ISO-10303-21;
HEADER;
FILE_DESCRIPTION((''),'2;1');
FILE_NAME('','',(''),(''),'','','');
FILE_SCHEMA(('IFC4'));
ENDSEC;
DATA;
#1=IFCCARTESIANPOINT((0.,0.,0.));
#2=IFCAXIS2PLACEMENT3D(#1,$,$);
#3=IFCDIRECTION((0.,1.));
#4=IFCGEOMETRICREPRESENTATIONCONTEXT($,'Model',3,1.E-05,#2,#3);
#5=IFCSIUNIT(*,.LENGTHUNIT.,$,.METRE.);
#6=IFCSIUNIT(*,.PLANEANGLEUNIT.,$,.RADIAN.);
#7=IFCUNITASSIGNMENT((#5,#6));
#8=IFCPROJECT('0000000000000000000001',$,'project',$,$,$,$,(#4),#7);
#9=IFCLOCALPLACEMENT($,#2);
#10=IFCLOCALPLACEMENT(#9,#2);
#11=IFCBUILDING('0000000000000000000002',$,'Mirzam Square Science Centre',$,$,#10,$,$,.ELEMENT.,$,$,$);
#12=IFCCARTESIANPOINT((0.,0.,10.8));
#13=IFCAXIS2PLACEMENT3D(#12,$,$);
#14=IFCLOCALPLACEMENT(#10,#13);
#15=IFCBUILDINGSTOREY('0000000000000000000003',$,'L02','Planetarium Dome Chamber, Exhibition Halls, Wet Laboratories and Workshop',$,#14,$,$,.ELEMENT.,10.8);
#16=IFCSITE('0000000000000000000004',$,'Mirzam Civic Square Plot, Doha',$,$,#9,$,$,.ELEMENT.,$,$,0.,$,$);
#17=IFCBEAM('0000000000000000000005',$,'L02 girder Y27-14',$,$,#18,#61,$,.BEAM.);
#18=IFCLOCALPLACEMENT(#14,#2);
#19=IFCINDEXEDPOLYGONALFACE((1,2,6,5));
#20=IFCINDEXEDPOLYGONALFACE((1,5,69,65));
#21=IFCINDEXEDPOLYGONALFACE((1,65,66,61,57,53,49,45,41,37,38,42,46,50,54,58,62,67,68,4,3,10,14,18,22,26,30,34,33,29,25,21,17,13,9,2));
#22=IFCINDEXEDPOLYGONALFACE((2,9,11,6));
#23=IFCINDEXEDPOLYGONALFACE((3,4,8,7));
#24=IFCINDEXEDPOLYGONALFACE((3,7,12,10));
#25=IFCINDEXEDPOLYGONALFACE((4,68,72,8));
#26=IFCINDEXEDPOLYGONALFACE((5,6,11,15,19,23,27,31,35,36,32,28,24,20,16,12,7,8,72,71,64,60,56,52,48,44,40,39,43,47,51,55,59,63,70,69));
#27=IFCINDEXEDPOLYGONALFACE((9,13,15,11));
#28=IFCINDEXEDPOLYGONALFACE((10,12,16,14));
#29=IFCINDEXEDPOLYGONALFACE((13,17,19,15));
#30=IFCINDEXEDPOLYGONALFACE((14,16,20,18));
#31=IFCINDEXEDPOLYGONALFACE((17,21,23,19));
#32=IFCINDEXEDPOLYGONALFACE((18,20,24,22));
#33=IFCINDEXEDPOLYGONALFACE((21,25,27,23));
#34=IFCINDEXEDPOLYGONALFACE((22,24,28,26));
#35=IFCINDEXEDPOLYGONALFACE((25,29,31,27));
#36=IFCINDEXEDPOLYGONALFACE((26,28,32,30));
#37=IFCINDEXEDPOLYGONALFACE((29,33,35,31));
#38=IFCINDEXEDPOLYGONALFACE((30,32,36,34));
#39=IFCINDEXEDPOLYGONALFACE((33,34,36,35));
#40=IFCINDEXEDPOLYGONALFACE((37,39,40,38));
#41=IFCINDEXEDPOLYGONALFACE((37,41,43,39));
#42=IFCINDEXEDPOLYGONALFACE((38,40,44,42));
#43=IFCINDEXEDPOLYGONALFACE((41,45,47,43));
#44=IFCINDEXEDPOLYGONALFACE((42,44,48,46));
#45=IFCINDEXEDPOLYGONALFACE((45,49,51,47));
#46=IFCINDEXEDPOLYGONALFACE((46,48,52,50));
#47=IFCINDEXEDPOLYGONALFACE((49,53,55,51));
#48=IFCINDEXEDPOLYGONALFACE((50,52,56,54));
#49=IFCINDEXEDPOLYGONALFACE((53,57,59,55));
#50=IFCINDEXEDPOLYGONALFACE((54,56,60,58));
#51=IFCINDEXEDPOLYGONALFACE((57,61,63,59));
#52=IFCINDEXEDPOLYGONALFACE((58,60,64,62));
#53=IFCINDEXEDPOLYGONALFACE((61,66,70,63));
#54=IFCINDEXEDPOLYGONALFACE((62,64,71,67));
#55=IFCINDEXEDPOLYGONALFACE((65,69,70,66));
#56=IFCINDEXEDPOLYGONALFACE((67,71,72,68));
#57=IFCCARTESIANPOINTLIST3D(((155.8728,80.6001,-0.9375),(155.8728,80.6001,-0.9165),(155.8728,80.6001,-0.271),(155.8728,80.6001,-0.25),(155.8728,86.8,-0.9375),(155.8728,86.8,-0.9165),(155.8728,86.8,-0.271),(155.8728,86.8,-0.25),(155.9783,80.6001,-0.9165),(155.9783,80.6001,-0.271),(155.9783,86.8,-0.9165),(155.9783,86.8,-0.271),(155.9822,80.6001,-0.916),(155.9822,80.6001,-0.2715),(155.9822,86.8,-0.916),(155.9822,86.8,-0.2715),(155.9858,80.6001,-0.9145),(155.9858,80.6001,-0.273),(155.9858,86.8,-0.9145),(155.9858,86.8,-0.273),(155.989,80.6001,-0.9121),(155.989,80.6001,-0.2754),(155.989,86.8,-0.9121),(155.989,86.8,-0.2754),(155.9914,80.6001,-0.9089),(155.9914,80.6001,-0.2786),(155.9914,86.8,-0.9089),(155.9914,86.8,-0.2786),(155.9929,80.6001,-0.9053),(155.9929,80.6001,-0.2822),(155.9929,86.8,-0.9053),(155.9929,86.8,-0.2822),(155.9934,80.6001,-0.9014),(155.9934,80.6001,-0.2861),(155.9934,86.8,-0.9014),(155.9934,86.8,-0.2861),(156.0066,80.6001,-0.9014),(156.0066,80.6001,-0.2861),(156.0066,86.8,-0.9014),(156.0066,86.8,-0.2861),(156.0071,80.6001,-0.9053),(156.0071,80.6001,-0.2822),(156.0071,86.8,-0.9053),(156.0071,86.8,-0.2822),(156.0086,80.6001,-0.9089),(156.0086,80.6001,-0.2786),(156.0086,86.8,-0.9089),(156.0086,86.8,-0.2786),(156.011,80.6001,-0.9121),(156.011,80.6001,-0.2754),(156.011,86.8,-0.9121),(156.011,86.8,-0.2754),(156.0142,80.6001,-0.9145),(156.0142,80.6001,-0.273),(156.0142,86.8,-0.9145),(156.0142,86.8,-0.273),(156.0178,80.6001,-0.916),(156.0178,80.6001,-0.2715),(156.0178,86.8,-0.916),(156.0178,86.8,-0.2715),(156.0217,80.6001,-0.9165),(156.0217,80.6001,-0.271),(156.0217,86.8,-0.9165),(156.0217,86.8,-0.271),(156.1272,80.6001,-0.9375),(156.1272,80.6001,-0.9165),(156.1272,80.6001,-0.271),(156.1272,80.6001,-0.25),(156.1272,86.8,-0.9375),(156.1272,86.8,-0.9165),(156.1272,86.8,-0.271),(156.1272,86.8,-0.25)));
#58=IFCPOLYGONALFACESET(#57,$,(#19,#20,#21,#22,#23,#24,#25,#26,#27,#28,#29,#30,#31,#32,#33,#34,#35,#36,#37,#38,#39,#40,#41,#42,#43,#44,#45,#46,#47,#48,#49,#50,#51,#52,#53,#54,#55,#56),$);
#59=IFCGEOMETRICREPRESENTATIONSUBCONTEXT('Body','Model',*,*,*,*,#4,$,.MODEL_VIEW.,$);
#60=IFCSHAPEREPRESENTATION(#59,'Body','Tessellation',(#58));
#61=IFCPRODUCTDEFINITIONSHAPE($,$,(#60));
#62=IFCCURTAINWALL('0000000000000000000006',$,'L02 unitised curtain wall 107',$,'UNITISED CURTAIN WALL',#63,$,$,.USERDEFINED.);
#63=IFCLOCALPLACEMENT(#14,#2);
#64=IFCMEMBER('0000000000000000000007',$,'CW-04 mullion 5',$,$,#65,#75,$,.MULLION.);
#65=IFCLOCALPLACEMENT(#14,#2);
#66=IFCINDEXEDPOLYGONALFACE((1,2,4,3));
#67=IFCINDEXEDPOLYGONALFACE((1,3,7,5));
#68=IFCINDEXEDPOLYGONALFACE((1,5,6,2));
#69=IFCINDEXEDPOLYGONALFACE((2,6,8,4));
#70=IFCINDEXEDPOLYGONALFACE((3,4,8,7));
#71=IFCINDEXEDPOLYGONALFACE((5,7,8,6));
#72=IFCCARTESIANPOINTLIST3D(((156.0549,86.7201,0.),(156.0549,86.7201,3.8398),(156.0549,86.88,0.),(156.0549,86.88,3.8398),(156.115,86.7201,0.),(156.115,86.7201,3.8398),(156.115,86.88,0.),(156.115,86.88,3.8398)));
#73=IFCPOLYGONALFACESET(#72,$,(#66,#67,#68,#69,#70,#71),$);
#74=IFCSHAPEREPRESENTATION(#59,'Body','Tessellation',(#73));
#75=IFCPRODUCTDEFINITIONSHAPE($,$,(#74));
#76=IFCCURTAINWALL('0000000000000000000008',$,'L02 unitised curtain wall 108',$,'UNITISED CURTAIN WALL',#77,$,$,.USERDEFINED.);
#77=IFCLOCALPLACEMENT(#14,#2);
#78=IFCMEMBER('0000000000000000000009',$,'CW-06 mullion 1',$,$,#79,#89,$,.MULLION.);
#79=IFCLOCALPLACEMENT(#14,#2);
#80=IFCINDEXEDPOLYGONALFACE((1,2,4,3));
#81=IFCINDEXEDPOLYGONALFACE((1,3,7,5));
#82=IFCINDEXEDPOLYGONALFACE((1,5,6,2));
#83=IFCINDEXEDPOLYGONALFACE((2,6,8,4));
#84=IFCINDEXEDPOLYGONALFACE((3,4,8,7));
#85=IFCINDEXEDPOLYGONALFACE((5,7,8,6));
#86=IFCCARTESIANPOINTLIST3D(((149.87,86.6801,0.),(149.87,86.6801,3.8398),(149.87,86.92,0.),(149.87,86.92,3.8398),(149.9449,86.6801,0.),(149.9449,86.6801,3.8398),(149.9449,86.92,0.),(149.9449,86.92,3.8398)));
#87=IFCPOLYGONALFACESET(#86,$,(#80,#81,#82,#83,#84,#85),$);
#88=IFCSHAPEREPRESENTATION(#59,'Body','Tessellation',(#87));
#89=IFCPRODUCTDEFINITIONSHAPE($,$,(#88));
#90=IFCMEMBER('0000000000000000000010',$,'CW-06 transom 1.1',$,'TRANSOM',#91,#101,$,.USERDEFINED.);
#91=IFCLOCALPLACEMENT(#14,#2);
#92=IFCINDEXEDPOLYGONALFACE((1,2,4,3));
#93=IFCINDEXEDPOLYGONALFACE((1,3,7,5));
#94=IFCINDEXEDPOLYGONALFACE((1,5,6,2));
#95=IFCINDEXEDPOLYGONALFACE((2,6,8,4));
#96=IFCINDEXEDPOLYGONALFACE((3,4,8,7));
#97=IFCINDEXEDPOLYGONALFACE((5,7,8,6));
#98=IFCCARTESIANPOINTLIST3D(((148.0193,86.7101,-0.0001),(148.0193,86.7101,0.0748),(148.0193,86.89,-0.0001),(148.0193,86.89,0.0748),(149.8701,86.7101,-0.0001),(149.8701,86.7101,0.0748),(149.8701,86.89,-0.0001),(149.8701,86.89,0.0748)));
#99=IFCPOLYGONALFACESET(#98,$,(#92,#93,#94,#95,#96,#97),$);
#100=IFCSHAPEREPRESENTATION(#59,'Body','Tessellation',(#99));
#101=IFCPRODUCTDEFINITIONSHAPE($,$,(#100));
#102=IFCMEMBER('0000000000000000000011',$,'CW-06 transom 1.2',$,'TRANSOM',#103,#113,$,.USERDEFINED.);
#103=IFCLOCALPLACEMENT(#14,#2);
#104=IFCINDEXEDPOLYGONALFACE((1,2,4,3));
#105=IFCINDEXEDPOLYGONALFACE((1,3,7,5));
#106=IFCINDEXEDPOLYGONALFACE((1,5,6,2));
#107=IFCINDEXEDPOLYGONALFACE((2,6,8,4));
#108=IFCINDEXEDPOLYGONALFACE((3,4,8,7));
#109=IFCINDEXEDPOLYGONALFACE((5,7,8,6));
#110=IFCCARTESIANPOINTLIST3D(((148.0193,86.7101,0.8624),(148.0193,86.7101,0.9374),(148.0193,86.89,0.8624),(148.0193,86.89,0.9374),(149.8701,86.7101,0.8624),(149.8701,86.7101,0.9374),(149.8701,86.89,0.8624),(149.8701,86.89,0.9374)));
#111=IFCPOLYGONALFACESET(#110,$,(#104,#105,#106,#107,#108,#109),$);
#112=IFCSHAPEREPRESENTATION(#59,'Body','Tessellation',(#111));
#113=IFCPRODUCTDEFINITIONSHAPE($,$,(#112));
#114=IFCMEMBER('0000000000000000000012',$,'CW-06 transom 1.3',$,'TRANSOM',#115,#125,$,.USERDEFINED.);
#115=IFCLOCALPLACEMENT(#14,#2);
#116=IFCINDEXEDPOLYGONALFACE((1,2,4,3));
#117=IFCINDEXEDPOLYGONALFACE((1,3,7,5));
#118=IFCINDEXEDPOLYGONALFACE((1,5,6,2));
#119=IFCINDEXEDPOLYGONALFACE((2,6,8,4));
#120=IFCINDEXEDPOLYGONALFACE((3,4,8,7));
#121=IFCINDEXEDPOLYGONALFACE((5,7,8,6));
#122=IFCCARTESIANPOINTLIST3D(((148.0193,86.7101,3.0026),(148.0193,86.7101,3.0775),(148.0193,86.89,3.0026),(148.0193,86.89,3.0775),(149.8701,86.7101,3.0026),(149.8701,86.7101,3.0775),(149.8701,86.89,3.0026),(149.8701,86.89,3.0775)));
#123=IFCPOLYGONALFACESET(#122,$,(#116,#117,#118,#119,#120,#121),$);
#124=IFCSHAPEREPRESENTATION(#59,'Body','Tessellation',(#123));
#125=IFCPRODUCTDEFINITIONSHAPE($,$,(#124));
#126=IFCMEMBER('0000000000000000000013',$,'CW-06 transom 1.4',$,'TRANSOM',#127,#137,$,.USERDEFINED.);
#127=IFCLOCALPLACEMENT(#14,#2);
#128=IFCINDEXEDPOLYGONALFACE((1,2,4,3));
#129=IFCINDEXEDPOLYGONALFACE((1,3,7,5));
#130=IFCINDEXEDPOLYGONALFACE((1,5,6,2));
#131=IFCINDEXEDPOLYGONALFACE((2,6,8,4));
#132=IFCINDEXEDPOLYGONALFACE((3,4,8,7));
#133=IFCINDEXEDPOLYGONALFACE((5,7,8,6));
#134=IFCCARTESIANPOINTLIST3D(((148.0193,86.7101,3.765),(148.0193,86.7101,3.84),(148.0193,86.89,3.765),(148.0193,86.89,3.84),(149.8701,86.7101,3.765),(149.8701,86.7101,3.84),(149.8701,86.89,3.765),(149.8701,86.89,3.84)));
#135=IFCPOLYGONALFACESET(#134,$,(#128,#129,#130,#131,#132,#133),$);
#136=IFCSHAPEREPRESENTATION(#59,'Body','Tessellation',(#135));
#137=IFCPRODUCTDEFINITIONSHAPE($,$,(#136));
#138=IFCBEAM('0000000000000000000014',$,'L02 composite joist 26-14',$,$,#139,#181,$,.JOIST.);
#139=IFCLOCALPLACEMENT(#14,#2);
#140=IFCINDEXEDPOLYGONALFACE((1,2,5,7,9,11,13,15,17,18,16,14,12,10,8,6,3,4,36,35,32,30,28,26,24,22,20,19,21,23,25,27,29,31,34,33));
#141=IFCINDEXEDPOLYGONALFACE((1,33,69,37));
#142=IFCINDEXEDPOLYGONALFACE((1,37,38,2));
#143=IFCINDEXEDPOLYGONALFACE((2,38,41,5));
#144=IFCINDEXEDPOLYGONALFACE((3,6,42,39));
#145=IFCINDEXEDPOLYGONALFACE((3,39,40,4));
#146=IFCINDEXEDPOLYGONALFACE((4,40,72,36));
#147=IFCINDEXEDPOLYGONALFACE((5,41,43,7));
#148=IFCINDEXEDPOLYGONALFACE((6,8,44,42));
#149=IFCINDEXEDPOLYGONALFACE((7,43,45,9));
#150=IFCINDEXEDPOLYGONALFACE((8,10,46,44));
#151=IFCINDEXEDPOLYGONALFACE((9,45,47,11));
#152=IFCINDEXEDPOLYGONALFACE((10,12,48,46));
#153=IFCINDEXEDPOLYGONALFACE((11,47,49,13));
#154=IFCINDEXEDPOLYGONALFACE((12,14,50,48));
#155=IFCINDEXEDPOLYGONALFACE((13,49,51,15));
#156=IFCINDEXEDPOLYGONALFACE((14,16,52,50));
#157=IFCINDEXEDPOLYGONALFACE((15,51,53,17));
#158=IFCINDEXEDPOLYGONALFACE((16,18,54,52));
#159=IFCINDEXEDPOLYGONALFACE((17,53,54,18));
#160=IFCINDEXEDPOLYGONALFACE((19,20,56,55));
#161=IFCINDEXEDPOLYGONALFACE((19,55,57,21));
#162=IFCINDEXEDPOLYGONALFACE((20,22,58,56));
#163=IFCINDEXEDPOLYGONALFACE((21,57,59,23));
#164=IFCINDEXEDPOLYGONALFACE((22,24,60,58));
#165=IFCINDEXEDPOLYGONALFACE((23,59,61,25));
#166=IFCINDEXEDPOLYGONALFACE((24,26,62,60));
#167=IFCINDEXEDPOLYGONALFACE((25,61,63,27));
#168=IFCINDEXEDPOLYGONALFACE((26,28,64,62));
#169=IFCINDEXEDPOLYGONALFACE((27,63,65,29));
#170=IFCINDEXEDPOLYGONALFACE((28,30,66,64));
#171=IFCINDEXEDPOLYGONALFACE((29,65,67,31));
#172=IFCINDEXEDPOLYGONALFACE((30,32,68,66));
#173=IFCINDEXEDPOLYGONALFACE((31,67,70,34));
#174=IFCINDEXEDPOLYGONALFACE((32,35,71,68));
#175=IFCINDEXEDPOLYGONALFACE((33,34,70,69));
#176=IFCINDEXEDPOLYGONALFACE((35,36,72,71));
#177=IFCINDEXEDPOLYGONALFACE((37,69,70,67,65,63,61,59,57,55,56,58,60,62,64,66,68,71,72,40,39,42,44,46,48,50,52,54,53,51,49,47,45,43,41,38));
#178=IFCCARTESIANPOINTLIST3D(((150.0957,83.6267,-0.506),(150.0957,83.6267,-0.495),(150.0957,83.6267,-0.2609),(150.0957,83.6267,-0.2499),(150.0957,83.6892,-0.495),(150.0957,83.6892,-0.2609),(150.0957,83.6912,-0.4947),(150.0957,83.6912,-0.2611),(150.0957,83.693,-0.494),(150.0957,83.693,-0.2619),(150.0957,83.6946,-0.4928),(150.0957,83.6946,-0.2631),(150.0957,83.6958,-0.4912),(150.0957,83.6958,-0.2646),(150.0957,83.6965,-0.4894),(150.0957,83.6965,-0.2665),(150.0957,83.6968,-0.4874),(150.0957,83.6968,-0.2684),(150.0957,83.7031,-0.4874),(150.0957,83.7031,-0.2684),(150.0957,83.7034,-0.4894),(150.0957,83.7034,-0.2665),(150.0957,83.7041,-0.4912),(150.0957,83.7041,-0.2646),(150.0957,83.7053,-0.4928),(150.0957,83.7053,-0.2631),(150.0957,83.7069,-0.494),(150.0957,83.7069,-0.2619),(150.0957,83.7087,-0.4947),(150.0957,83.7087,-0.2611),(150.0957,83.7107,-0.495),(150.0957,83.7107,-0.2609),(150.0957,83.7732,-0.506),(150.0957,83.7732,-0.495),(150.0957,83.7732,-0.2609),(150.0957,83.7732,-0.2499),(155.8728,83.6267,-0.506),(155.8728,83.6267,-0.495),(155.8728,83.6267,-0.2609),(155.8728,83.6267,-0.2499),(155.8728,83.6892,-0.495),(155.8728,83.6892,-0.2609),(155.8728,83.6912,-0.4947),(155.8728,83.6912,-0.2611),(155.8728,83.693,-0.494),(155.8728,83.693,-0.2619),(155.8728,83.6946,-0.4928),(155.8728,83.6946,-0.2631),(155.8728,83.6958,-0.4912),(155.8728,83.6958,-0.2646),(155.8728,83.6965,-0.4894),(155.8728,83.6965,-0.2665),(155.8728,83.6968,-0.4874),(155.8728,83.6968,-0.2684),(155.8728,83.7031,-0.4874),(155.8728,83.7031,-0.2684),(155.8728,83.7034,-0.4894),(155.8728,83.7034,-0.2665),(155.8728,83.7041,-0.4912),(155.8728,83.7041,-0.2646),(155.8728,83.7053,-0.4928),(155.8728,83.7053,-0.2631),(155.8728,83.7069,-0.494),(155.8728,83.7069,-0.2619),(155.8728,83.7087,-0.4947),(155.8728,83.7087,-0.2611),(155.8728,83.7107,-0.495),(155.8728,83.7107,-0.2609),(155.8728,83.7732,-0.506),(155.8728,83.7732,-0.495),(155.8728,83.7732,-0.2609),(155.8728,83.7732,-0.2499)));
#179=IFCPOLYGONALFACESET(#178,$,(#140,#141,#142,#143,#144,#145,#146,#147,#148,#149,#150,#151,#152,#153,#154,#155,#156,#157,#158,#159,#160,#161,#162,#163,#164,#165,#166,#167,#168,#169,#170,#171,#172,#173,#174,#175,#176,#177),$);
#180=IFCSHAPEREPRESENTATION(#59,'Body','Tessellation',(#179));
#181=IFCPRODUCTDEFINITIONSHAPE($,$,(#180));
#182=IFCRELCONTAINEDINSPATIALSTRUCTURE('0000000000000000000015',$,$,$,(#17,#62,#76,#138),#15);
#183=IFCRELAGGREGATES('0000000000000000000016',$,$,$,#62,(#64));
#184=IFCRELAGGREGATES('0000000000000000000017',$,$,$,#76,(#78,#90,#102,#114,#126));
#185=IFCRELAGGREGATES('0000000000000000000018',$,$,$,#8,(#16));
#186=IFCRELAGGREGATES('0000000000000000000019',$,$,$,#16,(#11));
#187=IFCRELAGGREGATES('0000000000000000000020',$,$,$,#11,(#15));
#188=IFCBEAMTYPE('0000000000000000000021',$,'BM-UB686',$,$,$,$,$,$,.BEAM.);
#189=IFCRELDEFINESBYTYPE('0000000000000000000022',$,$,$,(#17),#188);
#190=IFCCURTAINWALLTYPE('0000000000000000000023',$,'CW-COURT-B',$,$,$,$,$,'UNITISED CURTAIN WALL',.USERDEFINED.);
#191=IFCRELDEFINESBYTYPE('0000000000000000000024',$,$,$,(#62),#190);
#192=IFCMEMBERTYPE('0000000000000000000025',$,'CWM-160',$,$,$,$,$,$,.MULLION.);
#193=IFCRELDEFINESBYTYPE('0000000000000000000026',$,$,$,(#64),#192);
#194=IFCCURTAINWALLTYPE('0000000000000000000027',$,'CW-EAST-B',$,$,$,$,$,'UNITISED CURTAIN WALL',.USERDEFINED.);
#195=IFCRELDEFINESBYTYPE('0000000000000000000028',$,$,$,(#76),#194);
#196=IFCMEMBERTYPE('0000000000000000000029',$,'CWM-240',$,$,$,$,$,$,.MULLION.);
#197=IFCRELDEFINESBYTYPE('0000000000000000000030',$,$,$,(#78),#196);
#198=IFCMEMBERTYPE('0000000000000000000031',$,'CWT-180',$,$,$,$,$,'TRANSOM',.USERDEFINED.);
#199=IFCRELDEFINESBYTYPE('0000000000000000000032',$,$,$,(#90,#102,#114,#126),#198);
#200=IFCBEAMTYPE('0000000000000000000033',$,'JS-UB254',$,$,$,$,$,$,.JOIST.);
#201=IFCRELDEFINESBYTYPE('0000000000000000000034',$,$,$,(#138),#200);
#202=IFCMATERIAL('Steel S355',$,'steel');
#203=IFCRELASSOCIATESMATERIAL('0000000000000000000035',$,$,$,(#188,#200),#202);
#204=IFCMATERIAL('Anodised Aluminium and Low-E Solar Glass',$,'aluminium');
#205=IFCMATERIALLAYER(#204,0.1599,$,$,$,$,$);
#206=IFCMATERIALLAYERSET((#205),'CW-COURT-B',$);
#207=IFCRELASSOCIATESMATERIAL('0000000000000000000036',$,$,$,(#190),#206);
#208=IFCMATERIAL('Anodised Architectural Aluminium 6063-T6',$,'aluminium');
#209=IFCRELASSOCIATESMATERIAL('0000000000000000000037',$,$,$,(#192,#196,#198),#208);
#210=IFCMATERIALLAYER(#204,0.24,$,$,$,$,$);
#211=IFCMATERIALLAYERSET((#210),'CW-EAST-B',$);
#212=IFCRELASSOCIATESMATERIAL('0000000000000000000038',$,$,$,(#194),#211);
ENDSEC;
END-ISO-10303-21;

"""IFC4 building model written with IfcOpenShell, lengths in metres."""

from ifc_helpers import new_model, si_unit, direction, frame, origin, origin_2d, place, context, subcontext, project, spatial, rectangle, i_section, extrude, material, layer, layer_set, material_profile, profile_set, type_object, element, aggregate, save


model = new_model("IFC4")

# Units and contexts
model_context = context("Model", 3, precision=1e-05, world=origin(), true_north=direction((0.0, 1.0)))
body_context = subcontext(model_context, "Body", "Model", "MODEL_VIEW")
ifc_project = project(units=[si_unit("LENGTHUNIT", "METRE"), si_unit("PLANEANGLEUNIT", "RADIAN")], contexts=[model_context])

# Site, building, storey
site_placement = place(None, origin())
site = spatial("IfcSite", under=ifc_project, at=site_placement, Name="Mirzam Civic Square Plot, Doha", CompositionType="ELEMENT", RefElevation=0.0)
building_placement = place(site_placement, origin())
building = spatial("IfcBuilding", under=site, at=building_placement, Name="Mirzam Square Science Centre", CompositionType="ELEMENT")
storey_placement = place(building_placement, frame((0.0, 0.0, 10.8)))
storey = spatial("IfcBuildingStorey", under=building, at=storey_placement, Name="L02", Description="Planetarium Dome Chamber, Exhibition Halls, Wet Laboratories and Workshop", CompositionType="ELEMENT", Elevation=10.8)

# Shared definitions
ifc_material_1 = material(Name="Steel S355", Category="steel")

# Beam
ifc_material_profile_1 = material_profile(ifc_material_1, i_section(OverallWidth=0.2544, OverallDepth=0.6875, WebThickness=0.0132, FlangeThickness=0.021, FilletRadius=0.0151, at=origin_2d()), Name="686x254x152UB")
ifc_profile_set_1 = profile_set([ifc_material_profile_1], Name="Steel S355")
beam_type_1 = type_object("IfcBeamType", Name="BM-UB686", PredefinedType="BEAM", material=ifc_profile_set_1)
for number, where, z_axis, x_axis, name in (
    (1, (156.0, 80.6001, -0.5938), (0.0, 1.0, 0.0), (-1.0, 0.0, 0.0), "L02 girder Y27-14"),
):
    element("IfcBeam", number, at=place(storey_placement, frame(where, z_axis=z_axis, x_axis=x_axis)), inside=storey, type_object=beam_type_1, Name=name, PredefinedType="BEAM", context=body_context, shape_type="SweptSolid", body=[
        extrude(i_section(OverallWidth=0.2544, OverallDepth=0.6875, WebThickness=0.0132, FlangeThickness=0.021, FilletRadius=0.0151, at=origin_2d()), origin(), (0.0, 0.0, 1.0), 6.2),
    ])

# Curtain wall, member
ifc_material_2 = material(Name="Anodised Aluminium and Low-E Solar Glass", Category="aluminium")
ifc_layer_1 = layer(ifc_material_2, 0.1599)
ifc_layer_set_1 = layer_set([ifc_layer_1], Name="CW-COURT-B")
curtain_wall_type_1 = type_object("IfcCurtainWallType", Name="CW-COURT-B", ElementType="UNITISED CURTAIN WALL", PredefinedType="USERDEFINED", material=ifc_layer_set_1)
curtain_wall_1_placement = place(storey_placement, origin())
curtain_wall_1 = element("IfcCurtainWall", 2, at=curtain_wall_1_placement, inside=storey, type_object=curtain_wall_type_1, Name="L02 unitised curtain wall 107", ObjectType="UNITISED CURTAIN WALL", PredefinedType="USERDEFINED")
ifc_material_3 = material(Name="Anodised Architectural Aluminium 6063-T6", Category="aluminium")
ifc_material_profile_2 = material_profile(ifc_material_3, rectangle(XDim=0.0601, YDim=0.1599, at=origin_2d()), Name="ALU-MULL-160x60x4")
ifc_profile_set_2 = profile_set([ifc_material_profile_2], Name="Anodised Architectural Aluminium 6063-T6")
member_type_1 = type_object("IfcMemberType", Name="CWM-160", PredefinedType="MULLION", material=ifc_profile_set_2)
member_1_placement = place(storey_placement, frame((156.085, 86.8, 0.0), z_axis=(0.0, 0.0, 1.0), x_axis=(-1.0, 0.0, 0.0)))
member_1 = element("IfcMember", 3, at=member_1_placement, type_object=member_type_1, Name="CW-04 mullion 5", PredefinedType="MULLION", context=body_context, shape_type="SweptSolid", body=[
    extrude(rectangle(XDim=0.0601, YDim=0.1599, at=origin_2d()), origin(), (0.0, 0.0, 1.0), 3.8398),
])

# Curtain wall, members
ifc_layer_2 = layer(ifc_material_2, 0.24)
ifc_layer_set_2 = layer_set([ifc_layer_2], Name="CW-EAST-B")
curtain_wall_type_2 = type_object("IfcCurtainWallType", Name="CW-EAST-B", ElementType="UNITISED CURTAIN WALL", PredefinedType="USERDEFINED", material=ifc_layer_set_2)
curtain_wall_2_placement = place(storey_placement, origin())
curtain_wall_2 = element("IfcCurtainWall", 4, at=curtain_wall_2_placement, inside=storey, type_object=curtain_wall_type_2, Name="L02 unitised curtain wall 108", ObjectType="UNITISED CURTAIN WALL", PredefinedType="USERDEFINED")
ifc_material_profile_3 = material_profile(ifc_material_3, rectangle(XDim=0.075, YDim=0.24, at=origin_2d()), Name="ALU-MULL-240x75x5")
ifc_profile_set_3 = profile_set([ifc_material_profile_3], Name="Anodised Architectural Aluminium 6063-T6")
member_type_2 = type_object("IfcMemberType", Name="CWM-240", PredefinedType="MULLION", material=ifc_profile_set_3)
member_2_placement = place(storey_placement, frame((149.9075, 86.8, 0.0), z_axis=(0.0, 0.0, 1.0), x_axis=(-1.0, 0.0, 0.0)))
member_2 = element("IfcMember", 5, at=member_2_placement, type_object=member_type_2, Name="CW-06 mullion 1", PredefinedType="MULLION", context=body_context, shape_type="SweptSolid", body=[
    extrude(rectangle(XDim=0.075, YDim=0.24, at=origin_2d()), origin(), (0.0, 0.0, 1.0), 3.8398),
])
ifc_material_profile_4 = material_profile(ifc_material_3, rectangle(XDim=0.1799, YDim=0.075, at=origin_2d()), Name="ALU-TRAN-180x75x5")
ifc_profile_set_4 = profile_set([ifc_material_profile_4], Name="Anodised Architectural Aluminium 6063-T6")
member_type_3 = type_object("IfcMemberType", Name="CWT-180", ElementType="TRANSOM", PredefinedType="USERDEFINED", material=ifc_profile_set_4)
member_3_placement = place(storey_placement, frame((149.8701, 86.8, 0.0374), z_axis=(-1.0, 0.0, 0.0), x_axis=(0.0, -1.0, 0.0)))
member_3 = element("IfcMember", 6, at=member_3_placement, type_object=member_type_3, Name="CW-06 transom 1.1", ObjectType="TRANSOM", PredefinedType="USERDEFINED", context=body_context, shape_type="SweptSolid", body=[
    extrude(rectangle(XDim=0.1799, YDim=0.075, at=origin_2d()), origin(), (0.0, 0.0, 1.0), 1.8508),
])
member_4_placement = place(storey_placement, frame((149.8701, 86.8, 0.8999), z_axis=(-1.0, 0.0, 0.0), x_axis=(0.0, -1.0, 0.0)))
member_4 = element("IfcMember", 7, at=member_4_placement, type_object=member_type_3, Name="CW-06 transom 1.2", ObjectType="TRANSOM", PredefinedType="USERDEFINED", context=body_context, shape_type="SweptSolid", body=[
    extrude(rectangle(XDim=0.1799, YDim=0.075, at=origin_2d()), origin(), (0.0, 0.0, 1.0), 1.8508),
])
member_5_placement = place(storey_placement, frame((149.8701, 86.8, 3.04), z_axis=(-1.0, 0.0, 0.0), x_axis=(0.0, -1.0, 0.0)))
member_5 = element("IfcMember", 8, at=member_5_placement, type_object=member_type_3, Name="CW-06 transom 1.3", ObjectType="TRANSOM", PredefinedType="USERDEFINED", context=body_context, shape_type="SweptSolid", body=[
    extrude(rectangle(XDim=0.1799, YDim=0.075, at=origin_2d()), origin(), (0.0, 0.0, 1.0), 1.8508),
])
member_6_placement = place(storey_placement, frame((149.8701, 86.8, 3.8025), z_axis=(-1.0, 0.0, 0.0), x_axis=(0.0, -1.0, 0.0)))
member_6 = element("IfcMember", 9, at=member_6_placement, type_object=member_type_3, Name="CW-06 transom 1.4", ObjectType="TRANSOM", PredefinedType="USERDEFINED", context=body_context, shape_type="SweptSolid", body=[
    extrude(rectangle(XDim=0.1799, YDim=0.075, at=origin_2d()), origin(), (0.0, 0.0, 1.0), 1.8508),
])

# Beam
ifc_material_profile_5 = material_profile(ifc_material_1, i_section(OverallWidth=0.1465, OverallDepth=0.2561, WebThickness=0.0063, FlangeThickness=0.011, FilletRadius=0.0076, at=origin_2d()), Name="254x146x37UB")
ifc_profile_set_5 = profile_set([ifc_material_profile_5], Name="Steel S355")
beam_type_2 = type_object("IfcBeamType", Name="JS-UB254", PredefinedType="JOIST", material=ifc_profile_set_5)
beam_1_placement = place(storey_placement, frame((150.0957, 83.7, -0.3779), z_axis=(1.0, 0.0, 0.0), x_axis=(0.0, 1.0, 0.0)))
element("IfcBeam", 10, at=beam_1_placement, inside=storey, type_object=beam_type_2, Name="L02 composite joist 26-14", PredefinedType="JOIST", context=body_context, shape_type="SweptSolid", body=[
    extrude(i_section(OverallWidth=0.1465, OverallDepth=0.2561, WebThickness=0.0063, FlangeThickness=0.011, FilletRadius=0.0076, at=origin_2d()), origin(), (0.0, 0.0, 1.0), 5.7771),
])

aggregate(curtain_wall_1, [member_1])
aggregate(curtain_wall_2, [member_2, member_3, member_4, member_5, member_6])

save(model, "model.ifc")
